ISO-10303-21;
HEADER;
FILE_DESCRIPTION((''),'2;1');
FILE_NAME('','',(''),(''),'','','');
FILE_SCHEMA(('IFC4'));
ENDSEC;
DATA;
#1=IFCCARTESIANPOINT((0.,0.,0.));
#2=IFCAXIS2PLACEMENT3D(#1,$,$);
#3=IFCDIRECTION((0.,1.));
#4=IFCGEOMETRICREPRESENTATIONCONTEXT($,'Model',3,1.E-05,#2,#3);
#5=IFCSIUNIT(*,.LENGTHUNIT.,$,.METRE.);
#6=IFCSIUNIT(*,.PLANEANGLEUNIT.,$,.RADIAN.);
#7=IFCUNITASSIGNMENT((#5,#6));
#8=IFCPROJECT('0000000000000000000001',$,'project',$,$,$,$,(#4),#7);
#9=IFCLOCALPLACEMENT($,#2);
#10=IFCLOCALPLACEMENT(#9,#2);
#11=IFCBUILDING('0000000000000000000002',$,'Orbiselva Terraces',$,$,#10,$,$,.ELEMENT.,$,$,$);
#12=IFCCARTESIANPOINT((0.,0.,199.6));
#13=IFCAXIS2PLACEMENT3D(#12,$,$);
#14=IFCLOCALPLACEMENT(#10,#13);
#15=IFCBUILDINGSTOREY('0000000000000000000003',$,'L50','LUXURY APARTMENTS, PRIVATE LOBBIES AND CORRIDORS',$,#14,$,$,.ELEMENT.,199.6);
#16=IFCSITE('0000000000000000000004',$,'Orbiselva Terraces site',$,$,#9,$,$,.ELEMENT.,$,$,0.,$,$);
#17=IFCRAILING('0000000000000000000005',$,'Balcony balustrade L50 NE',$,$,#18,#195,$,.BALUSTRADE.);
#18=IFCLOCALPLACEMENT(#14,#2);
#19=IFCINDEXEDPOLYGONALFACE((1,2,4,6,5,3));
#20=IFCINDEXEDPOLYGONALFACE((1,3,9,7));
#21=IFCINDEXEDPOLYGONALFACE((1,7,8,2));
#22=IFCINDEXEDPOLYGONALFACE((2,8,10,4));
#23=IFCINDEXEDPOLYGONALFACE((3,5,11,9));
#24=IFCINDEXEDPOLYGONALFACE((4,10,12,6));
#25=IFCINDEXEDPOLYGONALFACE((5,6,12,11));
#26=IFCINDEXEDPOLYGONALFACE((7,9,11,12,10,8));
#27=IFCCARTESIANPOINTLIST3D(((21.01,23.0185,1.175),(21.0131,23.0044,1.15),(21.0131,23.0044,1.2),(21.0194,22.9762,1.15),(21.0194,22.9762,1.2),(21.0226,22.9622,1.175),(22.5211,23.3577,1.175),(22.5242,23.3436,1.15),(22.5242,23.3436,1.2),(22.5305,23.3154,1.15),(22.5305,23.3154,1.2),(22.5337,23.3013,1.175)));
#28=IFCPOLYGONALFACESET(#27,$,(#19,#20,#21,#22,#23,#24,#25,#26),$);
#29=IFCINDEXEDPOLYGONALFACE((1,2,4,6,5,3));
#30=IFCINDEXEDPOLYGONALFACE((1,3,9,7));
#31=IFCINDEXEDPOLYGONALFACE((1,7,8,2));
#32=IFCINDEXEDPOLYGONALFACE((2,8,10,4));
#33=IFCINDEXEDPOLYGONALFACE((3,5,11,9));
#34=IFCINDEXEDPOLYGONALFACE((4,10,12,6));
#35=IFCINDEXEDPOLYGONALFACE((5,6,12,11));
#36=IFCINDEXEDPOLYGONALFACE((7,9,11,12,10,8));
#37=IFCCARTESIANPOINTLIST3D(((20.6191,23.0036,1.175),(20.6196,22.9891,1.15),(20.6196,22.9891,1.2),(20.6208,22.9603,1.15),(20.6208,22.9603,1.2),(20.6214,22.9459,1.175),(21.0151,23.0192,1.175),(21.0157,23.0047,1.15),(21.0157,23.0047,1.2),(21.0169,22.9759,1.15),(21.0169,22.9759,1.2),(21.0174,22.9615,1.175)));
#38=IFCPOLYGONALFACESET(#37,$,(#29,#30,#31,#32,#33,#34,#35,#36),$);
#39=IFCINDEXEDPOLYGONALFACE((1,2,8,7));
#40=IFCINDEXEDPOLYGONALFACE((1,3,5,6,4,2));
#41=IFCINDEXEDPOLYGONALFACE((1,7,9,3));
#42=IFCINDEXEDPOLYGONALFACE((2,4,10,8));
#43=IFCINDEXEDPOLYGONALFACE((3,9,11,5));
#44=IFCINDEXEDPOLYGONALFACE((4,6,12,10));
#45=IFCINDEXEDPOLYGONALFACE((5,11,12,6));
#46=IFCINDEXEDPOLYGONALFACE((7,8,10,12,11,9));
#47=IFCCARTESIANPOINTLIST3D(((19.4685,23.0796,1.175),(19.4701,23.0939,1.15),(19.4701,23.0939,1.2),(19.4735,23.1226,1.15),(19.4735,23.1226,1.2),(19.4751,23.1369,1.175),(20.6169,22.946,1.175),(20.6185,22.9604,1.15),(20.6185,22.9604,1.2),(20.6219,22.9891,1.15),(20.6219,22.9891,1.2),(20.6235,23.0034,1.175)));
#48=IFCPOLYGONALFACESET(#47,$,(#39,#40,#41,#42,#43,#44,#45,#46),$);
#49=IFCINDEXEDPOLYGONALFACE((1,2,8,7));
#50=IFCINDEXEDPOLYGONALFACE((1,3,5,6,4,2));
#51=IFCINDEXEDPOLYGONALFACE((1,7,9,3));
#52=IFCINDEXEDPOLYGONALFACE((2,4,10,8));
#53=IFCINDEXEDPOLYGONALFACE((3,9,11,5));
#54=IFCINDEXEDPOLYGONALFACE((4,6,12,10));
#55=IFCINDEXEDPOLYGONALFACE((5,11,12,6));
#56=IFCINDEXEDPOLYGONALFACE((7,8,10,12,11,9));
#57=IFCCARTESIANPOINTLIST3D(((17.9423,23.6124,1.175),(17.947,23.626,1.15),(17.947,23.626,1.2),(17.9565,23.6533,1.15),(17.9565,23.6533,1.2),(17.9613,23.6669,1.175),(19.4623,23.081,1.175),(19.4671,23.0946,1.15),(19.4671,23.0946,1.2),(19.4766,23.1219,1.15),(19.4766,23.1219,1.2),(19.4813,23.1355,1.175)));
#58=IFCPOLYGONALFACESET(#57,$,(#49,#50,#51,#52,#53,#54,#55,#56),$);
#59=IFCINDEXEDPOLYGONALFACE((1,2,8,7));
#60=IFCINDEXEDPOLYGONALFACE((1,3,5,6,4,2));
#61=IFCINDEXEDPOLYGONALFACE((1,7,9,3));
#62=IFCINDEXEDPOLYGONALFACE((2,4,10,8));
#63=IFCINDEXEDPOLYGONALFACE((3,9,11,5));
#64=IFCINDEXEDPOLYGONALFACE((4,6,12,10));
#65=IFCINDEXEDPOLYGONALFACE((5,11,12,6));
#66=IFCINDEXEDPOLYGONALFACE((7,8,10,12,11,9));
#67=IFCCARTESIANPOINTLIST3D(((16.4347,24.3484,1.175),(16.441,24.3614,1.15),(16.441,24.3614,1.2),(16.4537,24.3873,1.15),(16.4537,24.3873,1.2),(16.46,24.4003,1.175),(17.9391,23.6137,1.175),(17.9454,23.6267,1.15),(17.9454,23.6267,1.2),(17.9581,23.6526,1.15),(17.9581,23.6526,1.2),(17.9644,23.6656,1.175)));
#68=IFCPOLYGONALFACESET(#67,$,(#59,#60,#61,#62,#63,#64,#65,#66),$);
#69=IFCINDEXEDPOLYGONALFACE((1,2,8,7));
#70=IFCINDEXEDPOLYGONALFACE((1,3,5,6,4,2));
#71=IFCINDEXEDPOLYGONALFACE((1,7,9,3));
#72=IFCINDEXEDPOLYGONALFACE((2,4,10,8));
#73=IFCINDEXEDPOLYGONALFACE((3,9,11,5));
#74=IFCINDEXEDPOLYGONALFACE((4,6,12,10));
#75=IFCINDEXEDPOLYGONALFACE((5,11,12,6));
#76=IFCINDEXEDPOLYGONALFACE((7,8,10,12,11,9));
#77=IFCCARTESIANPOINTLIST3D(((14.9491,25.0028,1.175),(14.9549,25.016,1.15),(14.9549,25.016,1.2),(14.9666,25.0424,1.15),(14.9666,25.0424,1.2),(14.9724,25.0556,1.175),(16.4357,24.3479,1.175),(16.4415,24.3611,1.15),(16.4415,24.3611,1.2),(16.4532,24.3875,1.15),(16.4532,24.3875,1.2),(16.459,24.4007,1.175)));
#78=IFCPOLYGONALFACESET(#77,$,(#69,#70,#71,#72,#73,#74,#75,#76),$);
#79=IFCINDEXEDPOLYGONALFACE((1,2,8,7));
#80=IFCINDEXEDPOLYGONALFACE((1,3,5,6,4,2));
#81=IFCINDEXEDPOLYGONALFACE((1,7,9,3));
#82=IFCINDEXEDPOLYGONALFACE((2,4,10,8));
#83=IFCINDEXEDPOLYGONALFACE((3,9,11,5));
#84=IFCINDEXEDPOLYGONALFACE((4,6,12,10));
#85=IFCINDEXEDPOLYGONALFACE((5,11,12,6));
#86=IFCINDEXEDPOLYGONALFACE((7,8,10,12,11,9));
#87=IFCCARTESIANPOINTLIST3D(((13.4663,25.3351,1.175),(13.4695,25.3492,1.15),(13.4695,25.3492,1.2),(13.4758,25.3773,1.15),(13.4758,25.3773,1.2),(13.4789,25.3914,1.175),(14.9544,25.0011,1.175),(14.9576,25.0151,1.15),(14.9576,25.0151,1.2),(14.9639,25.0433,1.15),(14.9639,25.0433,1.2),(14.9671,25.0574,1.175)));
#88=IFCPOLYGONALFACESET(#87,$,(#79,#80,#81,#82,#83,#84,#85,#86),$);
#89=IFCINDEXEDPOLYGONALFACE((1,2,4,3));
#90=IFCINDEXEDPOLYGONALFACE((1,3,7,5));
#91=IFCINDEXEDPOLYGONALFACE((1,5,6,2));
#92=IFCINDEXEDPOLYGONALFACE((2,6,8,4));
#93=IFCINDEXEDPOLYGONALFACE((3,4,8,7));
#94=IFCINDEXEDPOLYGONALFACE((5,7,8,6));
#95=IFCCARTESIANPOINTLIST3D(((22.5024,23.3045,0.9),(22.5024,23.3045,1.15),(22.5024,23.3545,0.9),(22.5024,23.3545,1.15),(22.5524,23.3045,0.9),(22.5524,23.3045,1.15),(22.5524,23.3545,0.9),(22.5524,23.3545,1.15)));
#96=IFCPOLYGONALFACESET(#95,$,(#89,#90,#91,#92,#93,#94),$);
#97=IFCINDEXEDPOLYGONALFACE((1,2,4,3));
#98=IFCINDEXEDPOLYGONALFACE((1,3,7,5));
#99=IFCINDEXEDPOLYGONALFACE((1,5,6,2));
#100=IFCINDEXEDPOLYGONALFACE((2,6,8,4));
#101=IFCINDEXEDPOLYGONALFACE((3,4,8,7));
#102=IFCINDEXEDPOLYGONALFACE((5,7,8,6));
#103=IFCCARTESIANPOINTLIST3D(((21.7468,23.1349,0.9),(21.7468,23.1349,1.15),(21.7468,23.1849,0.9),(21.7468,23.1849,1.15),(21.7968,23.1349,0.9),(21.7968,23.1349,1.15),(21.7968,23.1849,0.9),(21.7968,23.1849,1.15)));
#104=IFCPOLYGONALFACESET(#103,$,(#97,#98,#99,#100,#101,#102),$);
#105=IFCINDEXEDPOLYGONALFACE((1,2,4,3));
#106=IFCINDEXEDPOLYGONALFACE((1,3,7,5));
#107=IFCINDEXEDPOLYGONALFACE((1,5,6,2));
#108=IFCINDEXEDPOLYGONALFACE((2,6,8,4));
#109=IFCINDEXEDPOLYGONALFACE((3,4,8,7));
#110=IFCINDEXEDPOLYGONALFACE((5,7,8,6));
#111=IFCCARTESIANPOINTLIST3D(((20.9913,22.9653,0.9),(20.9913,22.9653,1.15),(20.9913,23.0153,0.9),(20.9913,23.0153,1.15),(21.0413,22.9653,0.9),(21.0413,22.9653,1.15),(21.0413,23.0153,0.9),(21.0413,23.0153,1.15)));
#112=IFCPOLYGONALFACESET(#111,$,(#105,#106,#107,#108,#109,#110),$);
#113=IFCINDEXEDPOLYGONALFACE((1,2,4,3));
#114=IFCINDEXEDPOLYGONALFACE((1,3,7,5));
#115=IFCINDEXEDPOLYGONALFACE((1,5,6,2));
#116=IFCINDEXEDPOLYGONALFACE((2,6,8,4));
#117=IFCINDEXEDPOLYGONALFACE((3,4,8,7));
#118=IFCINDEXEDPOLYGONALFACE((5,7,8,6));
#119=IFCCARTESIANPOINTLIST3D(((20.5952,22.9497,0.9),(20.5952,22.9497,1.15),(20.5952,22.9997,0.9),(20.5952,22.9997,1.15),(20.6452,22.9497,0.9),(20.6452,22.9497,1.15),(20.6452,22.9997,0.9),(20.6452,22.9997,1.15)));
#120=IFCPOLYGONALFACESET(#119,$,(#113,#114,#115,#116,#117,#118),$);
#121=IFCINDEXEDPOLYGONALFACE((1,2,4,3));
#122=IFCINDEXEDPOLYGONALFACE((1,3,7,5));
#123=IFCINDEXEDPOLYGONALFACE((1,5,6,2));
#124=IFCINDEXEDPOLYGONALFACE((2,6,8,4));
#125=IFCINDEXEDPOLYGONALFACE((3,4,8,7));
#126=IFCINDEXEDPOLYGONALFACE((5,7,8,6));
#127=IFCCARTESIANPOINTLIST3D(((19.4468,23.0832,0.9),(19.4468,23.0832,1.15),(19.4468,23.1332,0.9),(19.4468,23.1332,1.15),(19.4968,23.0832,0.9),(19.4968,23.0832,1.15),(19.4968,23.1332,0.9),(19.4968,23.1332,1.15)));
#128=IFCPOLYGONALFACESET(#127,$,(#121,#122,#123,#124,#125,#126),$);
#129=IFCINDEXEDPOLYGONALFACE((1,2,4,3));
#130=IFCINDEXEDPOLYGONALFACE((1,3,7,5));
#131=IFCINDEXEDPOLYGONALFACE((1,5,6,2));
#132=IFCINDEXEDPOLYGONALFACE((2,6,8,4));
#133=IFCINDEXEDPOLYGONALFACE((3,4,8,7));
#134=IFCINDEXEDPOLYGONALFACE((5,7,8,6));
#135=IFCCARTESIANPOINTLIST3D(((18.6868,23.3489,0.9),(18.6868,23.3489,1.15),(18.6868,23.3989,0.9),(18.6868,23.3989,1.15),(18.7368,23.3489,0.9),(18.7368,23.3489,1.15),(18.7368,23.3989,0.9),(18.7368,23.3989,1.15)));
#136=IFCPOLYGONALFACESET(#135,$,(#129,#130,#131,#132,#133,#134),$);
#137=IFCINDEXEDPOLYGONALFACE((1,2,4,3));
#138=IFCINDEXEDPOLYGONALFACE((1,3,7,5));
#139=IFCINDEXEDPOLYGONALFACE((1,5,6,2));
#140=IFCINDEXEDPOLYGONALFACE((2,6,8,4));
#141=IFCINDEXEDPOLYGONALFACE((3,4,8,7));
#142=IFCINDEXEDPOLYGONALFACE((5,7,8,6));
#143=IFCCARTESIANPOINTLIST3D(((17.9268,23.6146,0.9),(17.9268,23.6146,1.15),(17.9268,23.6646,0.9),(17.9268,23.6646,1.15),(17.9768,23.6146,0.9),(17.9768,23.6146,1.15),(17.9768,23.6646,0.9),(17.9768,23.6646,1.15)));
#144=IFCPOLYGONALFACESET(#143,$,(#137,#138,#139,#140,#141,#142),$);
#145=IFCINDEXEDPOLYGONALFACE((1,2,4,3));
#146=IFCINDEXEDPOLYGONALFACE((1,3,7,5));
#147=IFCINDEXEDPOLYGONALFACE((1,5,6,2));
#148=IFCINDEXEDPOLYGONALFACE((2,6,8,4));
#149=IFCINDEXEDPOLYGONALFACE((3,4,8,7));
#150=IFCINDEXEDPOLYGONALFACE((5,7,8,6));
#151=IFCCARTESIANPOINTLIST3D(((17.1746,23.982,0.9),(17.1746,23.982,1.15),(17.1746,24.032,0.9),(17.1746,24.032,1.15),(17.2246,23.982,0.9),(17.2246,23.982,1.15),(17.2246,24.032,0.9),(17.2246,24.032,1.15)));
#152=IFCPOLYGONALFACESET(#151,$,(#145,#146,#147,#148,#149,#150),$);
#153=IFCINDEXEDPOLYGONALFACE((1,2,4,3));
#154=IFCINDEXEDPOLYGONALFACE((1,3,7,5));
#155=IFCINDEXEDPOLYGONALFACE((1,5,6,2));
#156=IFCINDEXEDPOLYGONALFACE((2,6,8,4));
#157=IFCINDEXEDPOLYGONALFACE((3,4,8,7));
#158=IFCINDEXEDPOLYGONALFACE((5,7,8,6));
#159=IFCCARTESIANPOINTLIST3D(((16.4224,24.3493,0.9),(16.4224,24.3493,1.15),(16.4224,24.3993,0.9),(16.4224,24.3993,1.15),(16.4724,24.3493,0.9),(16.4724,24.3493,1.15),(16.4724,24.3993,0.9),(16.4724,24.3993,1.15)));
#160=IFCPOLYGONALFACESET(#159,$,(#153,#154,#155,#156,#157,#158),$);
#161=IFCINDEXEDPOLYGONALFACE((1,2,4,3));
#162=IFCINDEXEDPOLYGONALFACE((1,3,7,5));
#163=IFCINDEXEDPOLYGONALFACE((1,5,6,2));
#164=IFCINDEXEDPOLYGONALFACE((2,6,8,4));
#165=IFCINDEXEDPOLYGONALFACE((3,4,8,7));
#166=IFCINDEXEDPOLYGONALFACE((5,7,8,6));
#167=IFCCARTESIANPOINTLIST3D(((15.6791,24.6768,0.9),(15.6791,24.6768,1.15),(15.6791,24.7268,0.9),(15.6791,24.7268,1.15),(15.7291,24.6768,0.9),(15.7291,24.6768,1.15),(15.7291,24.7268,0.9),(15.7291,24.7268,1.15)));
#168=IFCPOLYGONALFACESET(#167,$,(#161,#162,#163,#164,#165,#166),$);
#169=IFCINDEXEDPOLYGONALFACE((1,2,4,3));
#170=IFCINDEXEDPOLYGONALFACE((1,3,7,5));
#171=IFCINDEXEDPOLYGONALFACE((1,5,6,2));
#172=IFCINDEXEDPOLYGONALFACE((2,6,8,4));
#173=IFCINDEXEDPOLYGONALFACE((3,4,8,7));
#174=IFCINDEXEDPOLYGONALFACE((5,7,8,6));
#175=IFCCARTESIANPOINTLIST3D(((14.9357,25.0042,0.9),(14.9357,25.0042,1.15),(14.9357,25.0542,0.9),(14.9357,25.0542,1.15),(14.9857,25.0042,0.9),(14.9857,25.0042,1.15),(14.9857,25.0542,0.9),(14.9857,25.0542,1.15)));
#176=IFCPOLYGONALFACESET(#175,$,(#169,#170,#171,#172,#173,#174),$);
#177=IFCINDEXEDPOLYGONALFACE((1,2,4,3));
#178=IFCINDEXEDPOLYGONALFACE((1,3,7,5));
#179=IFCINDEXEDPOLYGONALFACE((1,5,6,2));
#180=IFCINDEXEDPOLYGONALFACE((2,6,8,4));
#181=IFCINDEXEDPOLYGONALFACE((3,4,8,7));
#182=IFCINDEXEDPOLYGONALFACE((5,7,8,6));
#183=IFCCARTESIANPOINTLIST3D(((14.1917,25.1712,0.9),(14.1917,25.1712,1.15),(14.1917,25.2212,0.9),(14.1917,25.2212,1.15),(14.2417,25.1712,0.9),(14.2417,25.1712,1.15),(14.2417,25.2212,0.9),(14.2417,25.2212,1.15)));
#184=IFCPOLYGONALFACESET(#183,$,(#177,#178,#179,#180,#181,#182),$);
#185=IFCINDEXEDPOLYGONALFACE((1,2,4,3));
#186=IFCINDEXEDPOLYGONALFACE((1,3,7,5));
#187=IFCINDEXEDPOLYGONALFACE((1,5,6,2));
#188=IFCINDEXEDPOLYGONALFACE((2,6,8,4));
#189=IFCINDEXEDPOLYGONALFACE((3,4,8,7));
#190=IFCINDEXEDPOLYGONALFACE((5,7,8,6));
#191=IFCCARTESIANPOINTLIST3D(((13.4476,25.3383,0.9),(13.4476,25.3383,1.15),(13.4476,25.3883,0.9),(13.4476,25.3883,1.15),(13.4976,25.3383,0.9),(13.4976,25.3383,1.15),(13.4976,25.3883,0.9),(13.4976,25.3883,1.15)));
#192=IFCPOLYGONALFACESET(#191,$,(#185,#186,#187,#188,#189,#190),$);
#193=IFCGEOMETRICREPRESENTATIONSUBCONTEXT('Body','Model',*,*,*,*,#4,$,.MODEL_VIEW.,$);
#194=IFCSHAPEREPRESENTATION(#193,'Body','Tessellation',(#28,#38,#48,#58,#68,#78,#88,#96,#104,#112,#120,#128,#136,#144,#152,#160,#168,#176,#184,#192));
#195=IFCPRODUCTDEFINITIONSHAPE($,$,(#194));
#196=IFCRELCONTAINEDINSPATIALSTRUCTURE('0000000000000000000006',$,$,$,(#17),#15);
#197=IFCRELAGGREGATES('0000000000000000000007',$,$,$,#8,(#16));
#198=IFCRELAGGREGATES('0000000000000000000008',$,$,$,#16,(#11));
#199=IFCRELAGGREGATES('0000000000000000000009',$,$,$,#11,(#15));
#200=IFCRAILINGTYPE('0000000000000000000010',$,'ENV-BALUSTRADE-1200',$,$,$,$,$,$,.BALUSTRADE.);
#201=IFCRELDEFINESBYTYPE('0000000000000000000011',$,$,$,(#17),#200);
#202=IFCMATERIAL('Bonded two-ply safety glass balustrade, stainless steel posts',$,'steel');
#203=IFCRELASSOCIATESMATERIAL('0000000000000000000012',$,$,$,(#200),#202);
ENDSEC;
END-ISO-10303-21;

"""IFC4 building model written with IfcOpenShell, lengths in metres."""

from ifc_helpers import new_model, si_unit, direction, frame, origin, origin_2d, place, context, subcontext, project, spatial, polyline, rectangle, outline, extrude, material, type_object, element, save


model = new_model("IFC4")

# Units and contexts
model_context = context("Model", 3, precision=1e-05, world=origin(), true_north=direction((0.0, 1.0)))
body_context = subcontext(model_context, "Body", "Model", "MODEL_VIEW")
ifc_project = project(units=[si_unit("LENGTHUNIT", "METRE"), si_unit("PLANEANGLEUNIT", "RADIAN")], contexts=[model_context])

# Site, building, storey
site_placement = place(None, origin())
site = spatial("IfcSite", under=ifc_project, at=site_placement, Name="Orbiselva Terraces site", CompositionType="ELEMENT", RefElevation=0.0)
building_placement = place(site_placement, origin())
building = spatial("IfcBuilding", under=site, at=building_placement, Name="Orbiselva Terraces", CompositionType="ELEMENT")
storey_placement = place(building_placement, frame((0.0, 0.0, 199.6)))
storey = spatial("IfcBuildingStorey", under=building, at=storey_placement, Name="L50", Description="LUXURY APARTMENTS, PRIVATE LOBBIES AND CORRIDORS", CompositionType="ELEMENT", Elevation=199.6)

# Railing
ifc_material_1 = material(Name="Bonded two-ply safety glass balustrade, stainless steel posts", Category="steel")
railing_type_1 = type_object("IfcRailingType", Name="ENV-BALUSTRADE-1200", PredefinedType="BALUSTRADE", material=ifc_material_1)
railing_1_placement = place(storey_placement, frame((22.5274, 23.3295, 0.9)))
element("IfcRailing", 1, at=railing_1_placement, inside=storey, type_object=railing_type_1, Name="Balcony balustrade L50 NE", PredefinedType="BALUSTRADE", context=body_context, shape_type="SweptSolid", body=[
    extrude(outline(polyline([(0.0289, 0.0), (0.0144, 0.025), (-0.0144, 0.025), (-0.0289, 0.0), (-0.0144, -0.025), (0.0144, -0.025), (0.0289, 0.0)])), frame((0.0, 0.0, 0.275), z_axis=(-0.975721, -0.219015, 0.0), x_axis=(0.219015, -0.975721, 0.0)), (0.0, 0.0, 1.0), 1.5487),
    extrude(outline(polyline([(0.0289, 0.0), (0.0144, 0.025), (-0.0144, 0.025), (-0.0289, 0.0), (-0.0144, -0.025), (0.0144, -0.025), (0.0289, 0.0)])), frame((-1.5111, -0.3392, 0.275), z_axis=(-0.999225, -0.039369, 0.0), x_axis=(0.039369, -0.999225, 0.0)), (0.0, 0.0, 1.0), 0.3964),
    extrude(outline(polyline([(0.0289, 0.0), (0.0144, 0.025), (-0.0144, 0.025), (-0.0289, 0.0), (-0.0144, -0.025), (0.0144, -0.025), (0.0289, 0.0)])), frame((-1.9072, -0.3548, 0.275), z_axis=(-0.99331, 0.115482, 0.0), x_axis=(-0.115482, -0.99331, 0.0)), (0.0, 0.0, 1.0), 1.1561),
    extrude(outline(polyline([(0.0289, 0.0), (0.0144, 0.025), (-0.0144, 0.025), (-0.0289, 0.0), (-0.0144, -0.025), (0.0144, -0.025), (0.0289, 0.0)])), frame((-3.0556, -0.2213, 0.275), z_axis=(-0.943972, 0.330025, 0.0), x_axis=(-0.330025, -0.943972, 0.0)), (0.0, 0.0, 1.0), 1.6103),
    extrude(outline(polyline([(0.0289, 0.0), (0.0144, 0.025), (-0.0144, 0.025), (-0.0289, 0.0), (-0.0144, -0.025), (0.0144, -0.025), (0.0289, 0.0)])), frame((-4.5756, 0.3101, 0.275), z_axis=(-0.898579, 0.438812, 0.0), x_axis=(-0.438812, -0.898579, 0.0)), (0.0, 0.0, 1.0), 1.6742),
    extrude(outline(polyline([(0.0289, 0.0), (0.0144, 0.025), (-0.0144, 0.025), (-0.0289, 0.0), (-0.0144, -0.025), (0.0144, -0.025), (0.0289, 0.0)])), frame((-6.08, 1.0448, 0.275), z_axis=(-0.915133, 0.403151, 0.0), x_axis=(-0.403151, -0.915133, 0.0)), (0.0, 0.0, 1.0), 1.6245),
    extrude(outline(polyline([(0.0289, 0.0), (0.0144, 0.025), (-0.0144, 0.025), (-0.0289, 0.0), (-0.0144, -0.025), (0.0144, -0.025), (0.0289, 0.0)])), frame((-7.5666, 1.6997, 0.275), z_axis=(-0.975721, 0.219016, 0.0), x_axis=(-0.219016, -0.975721, 0.0)), (0.0, 0.0, 1.0), 1.5252),
    extrude(rectangle(XDim=0.05, YDim=0.05, at=origin_2d()), origin(), (0.0, 0.0, 1.0), 0.25),
    extrude(rectangle(XDim=0.05, YDim=0.05, at=origin_2d()), frame((-0.7555, -0.1696, 0.0)), (0.0, 0.0, 1.0), 0.25),
    extrude(rectangle(XDim=0.05, YDim=0.05, at=origin_2d()), frame((-1.5111, -0.3392, 0.0)), (0.0, 0.0, 1.0), 0.25),
    extrude(rectangle(XDim=0.05, YDim=0.05, at=origin_2d()), frame((-1.9072, -0.3548, 0.0)), (0.0, 0.0, 1.0), 0.25),
    extrude(rectangle(XDim=0.05, YDim=0.05, at=origin_2d()), frame((-3.0556, -0.2213, 0.0)), (0.0, 0.0, 1.0), 0.25),
    extrude(rectangle(XDim=0.05, YDim=0.05, at=origin_2d()), frame((-3.8156, 0.0444, 0.0)), (0.0, 0.0, 1.0), 0.25),
    extrude(rectangle(XDim=0.05, YDim=0.05, at=origin_2d()), frame((-4.5756, 0.3101, 0.0)), (0.0, 0.0, 1.0), 0.25),
    extrude(rectangle(XDim=0.05, YDim=0.05, at=origin_2d()), frame((-5.3278, 0.6775, 0.0)), (0.0, 0.0, 1.0), 0.25),
    extrude(rectangle(XDim=0.05, YDim=0.05, at=origin_2d()), frame((-6.08, 1.0448, 0.0)), (0.0, 0.0, 1.0), 0.25),
    extrude(rectangle(XDim=0.05, YDim=0.05, at=origin_2d()), frame((-6.8233, 1.3723, 0.0)), (0.0, 0.0, 1.0), 0.25),
    extrude(rectangle(XDim=0.05, YDim=0.05, at=origin_2d()), frame((-7.5666, 1.6997, 0.0)), (0.0, 0.0, 1.0), 0.25),
    extrude(rectangle(XDim=0.05, YDim=0.05, at=origin_2d()), frame((-8.3107, 1.8667, 0.0)), (0.0, 0.0, 1.0), 0.25),
    extrude(rectangle(XDim=0.05, YDim=0.05, at=origin_2d()), frame((-9.0548, 2.0338, 0.0)), (0.0, 0.0, 1.0), 0.25),
])

save(model, "model.ifc")
